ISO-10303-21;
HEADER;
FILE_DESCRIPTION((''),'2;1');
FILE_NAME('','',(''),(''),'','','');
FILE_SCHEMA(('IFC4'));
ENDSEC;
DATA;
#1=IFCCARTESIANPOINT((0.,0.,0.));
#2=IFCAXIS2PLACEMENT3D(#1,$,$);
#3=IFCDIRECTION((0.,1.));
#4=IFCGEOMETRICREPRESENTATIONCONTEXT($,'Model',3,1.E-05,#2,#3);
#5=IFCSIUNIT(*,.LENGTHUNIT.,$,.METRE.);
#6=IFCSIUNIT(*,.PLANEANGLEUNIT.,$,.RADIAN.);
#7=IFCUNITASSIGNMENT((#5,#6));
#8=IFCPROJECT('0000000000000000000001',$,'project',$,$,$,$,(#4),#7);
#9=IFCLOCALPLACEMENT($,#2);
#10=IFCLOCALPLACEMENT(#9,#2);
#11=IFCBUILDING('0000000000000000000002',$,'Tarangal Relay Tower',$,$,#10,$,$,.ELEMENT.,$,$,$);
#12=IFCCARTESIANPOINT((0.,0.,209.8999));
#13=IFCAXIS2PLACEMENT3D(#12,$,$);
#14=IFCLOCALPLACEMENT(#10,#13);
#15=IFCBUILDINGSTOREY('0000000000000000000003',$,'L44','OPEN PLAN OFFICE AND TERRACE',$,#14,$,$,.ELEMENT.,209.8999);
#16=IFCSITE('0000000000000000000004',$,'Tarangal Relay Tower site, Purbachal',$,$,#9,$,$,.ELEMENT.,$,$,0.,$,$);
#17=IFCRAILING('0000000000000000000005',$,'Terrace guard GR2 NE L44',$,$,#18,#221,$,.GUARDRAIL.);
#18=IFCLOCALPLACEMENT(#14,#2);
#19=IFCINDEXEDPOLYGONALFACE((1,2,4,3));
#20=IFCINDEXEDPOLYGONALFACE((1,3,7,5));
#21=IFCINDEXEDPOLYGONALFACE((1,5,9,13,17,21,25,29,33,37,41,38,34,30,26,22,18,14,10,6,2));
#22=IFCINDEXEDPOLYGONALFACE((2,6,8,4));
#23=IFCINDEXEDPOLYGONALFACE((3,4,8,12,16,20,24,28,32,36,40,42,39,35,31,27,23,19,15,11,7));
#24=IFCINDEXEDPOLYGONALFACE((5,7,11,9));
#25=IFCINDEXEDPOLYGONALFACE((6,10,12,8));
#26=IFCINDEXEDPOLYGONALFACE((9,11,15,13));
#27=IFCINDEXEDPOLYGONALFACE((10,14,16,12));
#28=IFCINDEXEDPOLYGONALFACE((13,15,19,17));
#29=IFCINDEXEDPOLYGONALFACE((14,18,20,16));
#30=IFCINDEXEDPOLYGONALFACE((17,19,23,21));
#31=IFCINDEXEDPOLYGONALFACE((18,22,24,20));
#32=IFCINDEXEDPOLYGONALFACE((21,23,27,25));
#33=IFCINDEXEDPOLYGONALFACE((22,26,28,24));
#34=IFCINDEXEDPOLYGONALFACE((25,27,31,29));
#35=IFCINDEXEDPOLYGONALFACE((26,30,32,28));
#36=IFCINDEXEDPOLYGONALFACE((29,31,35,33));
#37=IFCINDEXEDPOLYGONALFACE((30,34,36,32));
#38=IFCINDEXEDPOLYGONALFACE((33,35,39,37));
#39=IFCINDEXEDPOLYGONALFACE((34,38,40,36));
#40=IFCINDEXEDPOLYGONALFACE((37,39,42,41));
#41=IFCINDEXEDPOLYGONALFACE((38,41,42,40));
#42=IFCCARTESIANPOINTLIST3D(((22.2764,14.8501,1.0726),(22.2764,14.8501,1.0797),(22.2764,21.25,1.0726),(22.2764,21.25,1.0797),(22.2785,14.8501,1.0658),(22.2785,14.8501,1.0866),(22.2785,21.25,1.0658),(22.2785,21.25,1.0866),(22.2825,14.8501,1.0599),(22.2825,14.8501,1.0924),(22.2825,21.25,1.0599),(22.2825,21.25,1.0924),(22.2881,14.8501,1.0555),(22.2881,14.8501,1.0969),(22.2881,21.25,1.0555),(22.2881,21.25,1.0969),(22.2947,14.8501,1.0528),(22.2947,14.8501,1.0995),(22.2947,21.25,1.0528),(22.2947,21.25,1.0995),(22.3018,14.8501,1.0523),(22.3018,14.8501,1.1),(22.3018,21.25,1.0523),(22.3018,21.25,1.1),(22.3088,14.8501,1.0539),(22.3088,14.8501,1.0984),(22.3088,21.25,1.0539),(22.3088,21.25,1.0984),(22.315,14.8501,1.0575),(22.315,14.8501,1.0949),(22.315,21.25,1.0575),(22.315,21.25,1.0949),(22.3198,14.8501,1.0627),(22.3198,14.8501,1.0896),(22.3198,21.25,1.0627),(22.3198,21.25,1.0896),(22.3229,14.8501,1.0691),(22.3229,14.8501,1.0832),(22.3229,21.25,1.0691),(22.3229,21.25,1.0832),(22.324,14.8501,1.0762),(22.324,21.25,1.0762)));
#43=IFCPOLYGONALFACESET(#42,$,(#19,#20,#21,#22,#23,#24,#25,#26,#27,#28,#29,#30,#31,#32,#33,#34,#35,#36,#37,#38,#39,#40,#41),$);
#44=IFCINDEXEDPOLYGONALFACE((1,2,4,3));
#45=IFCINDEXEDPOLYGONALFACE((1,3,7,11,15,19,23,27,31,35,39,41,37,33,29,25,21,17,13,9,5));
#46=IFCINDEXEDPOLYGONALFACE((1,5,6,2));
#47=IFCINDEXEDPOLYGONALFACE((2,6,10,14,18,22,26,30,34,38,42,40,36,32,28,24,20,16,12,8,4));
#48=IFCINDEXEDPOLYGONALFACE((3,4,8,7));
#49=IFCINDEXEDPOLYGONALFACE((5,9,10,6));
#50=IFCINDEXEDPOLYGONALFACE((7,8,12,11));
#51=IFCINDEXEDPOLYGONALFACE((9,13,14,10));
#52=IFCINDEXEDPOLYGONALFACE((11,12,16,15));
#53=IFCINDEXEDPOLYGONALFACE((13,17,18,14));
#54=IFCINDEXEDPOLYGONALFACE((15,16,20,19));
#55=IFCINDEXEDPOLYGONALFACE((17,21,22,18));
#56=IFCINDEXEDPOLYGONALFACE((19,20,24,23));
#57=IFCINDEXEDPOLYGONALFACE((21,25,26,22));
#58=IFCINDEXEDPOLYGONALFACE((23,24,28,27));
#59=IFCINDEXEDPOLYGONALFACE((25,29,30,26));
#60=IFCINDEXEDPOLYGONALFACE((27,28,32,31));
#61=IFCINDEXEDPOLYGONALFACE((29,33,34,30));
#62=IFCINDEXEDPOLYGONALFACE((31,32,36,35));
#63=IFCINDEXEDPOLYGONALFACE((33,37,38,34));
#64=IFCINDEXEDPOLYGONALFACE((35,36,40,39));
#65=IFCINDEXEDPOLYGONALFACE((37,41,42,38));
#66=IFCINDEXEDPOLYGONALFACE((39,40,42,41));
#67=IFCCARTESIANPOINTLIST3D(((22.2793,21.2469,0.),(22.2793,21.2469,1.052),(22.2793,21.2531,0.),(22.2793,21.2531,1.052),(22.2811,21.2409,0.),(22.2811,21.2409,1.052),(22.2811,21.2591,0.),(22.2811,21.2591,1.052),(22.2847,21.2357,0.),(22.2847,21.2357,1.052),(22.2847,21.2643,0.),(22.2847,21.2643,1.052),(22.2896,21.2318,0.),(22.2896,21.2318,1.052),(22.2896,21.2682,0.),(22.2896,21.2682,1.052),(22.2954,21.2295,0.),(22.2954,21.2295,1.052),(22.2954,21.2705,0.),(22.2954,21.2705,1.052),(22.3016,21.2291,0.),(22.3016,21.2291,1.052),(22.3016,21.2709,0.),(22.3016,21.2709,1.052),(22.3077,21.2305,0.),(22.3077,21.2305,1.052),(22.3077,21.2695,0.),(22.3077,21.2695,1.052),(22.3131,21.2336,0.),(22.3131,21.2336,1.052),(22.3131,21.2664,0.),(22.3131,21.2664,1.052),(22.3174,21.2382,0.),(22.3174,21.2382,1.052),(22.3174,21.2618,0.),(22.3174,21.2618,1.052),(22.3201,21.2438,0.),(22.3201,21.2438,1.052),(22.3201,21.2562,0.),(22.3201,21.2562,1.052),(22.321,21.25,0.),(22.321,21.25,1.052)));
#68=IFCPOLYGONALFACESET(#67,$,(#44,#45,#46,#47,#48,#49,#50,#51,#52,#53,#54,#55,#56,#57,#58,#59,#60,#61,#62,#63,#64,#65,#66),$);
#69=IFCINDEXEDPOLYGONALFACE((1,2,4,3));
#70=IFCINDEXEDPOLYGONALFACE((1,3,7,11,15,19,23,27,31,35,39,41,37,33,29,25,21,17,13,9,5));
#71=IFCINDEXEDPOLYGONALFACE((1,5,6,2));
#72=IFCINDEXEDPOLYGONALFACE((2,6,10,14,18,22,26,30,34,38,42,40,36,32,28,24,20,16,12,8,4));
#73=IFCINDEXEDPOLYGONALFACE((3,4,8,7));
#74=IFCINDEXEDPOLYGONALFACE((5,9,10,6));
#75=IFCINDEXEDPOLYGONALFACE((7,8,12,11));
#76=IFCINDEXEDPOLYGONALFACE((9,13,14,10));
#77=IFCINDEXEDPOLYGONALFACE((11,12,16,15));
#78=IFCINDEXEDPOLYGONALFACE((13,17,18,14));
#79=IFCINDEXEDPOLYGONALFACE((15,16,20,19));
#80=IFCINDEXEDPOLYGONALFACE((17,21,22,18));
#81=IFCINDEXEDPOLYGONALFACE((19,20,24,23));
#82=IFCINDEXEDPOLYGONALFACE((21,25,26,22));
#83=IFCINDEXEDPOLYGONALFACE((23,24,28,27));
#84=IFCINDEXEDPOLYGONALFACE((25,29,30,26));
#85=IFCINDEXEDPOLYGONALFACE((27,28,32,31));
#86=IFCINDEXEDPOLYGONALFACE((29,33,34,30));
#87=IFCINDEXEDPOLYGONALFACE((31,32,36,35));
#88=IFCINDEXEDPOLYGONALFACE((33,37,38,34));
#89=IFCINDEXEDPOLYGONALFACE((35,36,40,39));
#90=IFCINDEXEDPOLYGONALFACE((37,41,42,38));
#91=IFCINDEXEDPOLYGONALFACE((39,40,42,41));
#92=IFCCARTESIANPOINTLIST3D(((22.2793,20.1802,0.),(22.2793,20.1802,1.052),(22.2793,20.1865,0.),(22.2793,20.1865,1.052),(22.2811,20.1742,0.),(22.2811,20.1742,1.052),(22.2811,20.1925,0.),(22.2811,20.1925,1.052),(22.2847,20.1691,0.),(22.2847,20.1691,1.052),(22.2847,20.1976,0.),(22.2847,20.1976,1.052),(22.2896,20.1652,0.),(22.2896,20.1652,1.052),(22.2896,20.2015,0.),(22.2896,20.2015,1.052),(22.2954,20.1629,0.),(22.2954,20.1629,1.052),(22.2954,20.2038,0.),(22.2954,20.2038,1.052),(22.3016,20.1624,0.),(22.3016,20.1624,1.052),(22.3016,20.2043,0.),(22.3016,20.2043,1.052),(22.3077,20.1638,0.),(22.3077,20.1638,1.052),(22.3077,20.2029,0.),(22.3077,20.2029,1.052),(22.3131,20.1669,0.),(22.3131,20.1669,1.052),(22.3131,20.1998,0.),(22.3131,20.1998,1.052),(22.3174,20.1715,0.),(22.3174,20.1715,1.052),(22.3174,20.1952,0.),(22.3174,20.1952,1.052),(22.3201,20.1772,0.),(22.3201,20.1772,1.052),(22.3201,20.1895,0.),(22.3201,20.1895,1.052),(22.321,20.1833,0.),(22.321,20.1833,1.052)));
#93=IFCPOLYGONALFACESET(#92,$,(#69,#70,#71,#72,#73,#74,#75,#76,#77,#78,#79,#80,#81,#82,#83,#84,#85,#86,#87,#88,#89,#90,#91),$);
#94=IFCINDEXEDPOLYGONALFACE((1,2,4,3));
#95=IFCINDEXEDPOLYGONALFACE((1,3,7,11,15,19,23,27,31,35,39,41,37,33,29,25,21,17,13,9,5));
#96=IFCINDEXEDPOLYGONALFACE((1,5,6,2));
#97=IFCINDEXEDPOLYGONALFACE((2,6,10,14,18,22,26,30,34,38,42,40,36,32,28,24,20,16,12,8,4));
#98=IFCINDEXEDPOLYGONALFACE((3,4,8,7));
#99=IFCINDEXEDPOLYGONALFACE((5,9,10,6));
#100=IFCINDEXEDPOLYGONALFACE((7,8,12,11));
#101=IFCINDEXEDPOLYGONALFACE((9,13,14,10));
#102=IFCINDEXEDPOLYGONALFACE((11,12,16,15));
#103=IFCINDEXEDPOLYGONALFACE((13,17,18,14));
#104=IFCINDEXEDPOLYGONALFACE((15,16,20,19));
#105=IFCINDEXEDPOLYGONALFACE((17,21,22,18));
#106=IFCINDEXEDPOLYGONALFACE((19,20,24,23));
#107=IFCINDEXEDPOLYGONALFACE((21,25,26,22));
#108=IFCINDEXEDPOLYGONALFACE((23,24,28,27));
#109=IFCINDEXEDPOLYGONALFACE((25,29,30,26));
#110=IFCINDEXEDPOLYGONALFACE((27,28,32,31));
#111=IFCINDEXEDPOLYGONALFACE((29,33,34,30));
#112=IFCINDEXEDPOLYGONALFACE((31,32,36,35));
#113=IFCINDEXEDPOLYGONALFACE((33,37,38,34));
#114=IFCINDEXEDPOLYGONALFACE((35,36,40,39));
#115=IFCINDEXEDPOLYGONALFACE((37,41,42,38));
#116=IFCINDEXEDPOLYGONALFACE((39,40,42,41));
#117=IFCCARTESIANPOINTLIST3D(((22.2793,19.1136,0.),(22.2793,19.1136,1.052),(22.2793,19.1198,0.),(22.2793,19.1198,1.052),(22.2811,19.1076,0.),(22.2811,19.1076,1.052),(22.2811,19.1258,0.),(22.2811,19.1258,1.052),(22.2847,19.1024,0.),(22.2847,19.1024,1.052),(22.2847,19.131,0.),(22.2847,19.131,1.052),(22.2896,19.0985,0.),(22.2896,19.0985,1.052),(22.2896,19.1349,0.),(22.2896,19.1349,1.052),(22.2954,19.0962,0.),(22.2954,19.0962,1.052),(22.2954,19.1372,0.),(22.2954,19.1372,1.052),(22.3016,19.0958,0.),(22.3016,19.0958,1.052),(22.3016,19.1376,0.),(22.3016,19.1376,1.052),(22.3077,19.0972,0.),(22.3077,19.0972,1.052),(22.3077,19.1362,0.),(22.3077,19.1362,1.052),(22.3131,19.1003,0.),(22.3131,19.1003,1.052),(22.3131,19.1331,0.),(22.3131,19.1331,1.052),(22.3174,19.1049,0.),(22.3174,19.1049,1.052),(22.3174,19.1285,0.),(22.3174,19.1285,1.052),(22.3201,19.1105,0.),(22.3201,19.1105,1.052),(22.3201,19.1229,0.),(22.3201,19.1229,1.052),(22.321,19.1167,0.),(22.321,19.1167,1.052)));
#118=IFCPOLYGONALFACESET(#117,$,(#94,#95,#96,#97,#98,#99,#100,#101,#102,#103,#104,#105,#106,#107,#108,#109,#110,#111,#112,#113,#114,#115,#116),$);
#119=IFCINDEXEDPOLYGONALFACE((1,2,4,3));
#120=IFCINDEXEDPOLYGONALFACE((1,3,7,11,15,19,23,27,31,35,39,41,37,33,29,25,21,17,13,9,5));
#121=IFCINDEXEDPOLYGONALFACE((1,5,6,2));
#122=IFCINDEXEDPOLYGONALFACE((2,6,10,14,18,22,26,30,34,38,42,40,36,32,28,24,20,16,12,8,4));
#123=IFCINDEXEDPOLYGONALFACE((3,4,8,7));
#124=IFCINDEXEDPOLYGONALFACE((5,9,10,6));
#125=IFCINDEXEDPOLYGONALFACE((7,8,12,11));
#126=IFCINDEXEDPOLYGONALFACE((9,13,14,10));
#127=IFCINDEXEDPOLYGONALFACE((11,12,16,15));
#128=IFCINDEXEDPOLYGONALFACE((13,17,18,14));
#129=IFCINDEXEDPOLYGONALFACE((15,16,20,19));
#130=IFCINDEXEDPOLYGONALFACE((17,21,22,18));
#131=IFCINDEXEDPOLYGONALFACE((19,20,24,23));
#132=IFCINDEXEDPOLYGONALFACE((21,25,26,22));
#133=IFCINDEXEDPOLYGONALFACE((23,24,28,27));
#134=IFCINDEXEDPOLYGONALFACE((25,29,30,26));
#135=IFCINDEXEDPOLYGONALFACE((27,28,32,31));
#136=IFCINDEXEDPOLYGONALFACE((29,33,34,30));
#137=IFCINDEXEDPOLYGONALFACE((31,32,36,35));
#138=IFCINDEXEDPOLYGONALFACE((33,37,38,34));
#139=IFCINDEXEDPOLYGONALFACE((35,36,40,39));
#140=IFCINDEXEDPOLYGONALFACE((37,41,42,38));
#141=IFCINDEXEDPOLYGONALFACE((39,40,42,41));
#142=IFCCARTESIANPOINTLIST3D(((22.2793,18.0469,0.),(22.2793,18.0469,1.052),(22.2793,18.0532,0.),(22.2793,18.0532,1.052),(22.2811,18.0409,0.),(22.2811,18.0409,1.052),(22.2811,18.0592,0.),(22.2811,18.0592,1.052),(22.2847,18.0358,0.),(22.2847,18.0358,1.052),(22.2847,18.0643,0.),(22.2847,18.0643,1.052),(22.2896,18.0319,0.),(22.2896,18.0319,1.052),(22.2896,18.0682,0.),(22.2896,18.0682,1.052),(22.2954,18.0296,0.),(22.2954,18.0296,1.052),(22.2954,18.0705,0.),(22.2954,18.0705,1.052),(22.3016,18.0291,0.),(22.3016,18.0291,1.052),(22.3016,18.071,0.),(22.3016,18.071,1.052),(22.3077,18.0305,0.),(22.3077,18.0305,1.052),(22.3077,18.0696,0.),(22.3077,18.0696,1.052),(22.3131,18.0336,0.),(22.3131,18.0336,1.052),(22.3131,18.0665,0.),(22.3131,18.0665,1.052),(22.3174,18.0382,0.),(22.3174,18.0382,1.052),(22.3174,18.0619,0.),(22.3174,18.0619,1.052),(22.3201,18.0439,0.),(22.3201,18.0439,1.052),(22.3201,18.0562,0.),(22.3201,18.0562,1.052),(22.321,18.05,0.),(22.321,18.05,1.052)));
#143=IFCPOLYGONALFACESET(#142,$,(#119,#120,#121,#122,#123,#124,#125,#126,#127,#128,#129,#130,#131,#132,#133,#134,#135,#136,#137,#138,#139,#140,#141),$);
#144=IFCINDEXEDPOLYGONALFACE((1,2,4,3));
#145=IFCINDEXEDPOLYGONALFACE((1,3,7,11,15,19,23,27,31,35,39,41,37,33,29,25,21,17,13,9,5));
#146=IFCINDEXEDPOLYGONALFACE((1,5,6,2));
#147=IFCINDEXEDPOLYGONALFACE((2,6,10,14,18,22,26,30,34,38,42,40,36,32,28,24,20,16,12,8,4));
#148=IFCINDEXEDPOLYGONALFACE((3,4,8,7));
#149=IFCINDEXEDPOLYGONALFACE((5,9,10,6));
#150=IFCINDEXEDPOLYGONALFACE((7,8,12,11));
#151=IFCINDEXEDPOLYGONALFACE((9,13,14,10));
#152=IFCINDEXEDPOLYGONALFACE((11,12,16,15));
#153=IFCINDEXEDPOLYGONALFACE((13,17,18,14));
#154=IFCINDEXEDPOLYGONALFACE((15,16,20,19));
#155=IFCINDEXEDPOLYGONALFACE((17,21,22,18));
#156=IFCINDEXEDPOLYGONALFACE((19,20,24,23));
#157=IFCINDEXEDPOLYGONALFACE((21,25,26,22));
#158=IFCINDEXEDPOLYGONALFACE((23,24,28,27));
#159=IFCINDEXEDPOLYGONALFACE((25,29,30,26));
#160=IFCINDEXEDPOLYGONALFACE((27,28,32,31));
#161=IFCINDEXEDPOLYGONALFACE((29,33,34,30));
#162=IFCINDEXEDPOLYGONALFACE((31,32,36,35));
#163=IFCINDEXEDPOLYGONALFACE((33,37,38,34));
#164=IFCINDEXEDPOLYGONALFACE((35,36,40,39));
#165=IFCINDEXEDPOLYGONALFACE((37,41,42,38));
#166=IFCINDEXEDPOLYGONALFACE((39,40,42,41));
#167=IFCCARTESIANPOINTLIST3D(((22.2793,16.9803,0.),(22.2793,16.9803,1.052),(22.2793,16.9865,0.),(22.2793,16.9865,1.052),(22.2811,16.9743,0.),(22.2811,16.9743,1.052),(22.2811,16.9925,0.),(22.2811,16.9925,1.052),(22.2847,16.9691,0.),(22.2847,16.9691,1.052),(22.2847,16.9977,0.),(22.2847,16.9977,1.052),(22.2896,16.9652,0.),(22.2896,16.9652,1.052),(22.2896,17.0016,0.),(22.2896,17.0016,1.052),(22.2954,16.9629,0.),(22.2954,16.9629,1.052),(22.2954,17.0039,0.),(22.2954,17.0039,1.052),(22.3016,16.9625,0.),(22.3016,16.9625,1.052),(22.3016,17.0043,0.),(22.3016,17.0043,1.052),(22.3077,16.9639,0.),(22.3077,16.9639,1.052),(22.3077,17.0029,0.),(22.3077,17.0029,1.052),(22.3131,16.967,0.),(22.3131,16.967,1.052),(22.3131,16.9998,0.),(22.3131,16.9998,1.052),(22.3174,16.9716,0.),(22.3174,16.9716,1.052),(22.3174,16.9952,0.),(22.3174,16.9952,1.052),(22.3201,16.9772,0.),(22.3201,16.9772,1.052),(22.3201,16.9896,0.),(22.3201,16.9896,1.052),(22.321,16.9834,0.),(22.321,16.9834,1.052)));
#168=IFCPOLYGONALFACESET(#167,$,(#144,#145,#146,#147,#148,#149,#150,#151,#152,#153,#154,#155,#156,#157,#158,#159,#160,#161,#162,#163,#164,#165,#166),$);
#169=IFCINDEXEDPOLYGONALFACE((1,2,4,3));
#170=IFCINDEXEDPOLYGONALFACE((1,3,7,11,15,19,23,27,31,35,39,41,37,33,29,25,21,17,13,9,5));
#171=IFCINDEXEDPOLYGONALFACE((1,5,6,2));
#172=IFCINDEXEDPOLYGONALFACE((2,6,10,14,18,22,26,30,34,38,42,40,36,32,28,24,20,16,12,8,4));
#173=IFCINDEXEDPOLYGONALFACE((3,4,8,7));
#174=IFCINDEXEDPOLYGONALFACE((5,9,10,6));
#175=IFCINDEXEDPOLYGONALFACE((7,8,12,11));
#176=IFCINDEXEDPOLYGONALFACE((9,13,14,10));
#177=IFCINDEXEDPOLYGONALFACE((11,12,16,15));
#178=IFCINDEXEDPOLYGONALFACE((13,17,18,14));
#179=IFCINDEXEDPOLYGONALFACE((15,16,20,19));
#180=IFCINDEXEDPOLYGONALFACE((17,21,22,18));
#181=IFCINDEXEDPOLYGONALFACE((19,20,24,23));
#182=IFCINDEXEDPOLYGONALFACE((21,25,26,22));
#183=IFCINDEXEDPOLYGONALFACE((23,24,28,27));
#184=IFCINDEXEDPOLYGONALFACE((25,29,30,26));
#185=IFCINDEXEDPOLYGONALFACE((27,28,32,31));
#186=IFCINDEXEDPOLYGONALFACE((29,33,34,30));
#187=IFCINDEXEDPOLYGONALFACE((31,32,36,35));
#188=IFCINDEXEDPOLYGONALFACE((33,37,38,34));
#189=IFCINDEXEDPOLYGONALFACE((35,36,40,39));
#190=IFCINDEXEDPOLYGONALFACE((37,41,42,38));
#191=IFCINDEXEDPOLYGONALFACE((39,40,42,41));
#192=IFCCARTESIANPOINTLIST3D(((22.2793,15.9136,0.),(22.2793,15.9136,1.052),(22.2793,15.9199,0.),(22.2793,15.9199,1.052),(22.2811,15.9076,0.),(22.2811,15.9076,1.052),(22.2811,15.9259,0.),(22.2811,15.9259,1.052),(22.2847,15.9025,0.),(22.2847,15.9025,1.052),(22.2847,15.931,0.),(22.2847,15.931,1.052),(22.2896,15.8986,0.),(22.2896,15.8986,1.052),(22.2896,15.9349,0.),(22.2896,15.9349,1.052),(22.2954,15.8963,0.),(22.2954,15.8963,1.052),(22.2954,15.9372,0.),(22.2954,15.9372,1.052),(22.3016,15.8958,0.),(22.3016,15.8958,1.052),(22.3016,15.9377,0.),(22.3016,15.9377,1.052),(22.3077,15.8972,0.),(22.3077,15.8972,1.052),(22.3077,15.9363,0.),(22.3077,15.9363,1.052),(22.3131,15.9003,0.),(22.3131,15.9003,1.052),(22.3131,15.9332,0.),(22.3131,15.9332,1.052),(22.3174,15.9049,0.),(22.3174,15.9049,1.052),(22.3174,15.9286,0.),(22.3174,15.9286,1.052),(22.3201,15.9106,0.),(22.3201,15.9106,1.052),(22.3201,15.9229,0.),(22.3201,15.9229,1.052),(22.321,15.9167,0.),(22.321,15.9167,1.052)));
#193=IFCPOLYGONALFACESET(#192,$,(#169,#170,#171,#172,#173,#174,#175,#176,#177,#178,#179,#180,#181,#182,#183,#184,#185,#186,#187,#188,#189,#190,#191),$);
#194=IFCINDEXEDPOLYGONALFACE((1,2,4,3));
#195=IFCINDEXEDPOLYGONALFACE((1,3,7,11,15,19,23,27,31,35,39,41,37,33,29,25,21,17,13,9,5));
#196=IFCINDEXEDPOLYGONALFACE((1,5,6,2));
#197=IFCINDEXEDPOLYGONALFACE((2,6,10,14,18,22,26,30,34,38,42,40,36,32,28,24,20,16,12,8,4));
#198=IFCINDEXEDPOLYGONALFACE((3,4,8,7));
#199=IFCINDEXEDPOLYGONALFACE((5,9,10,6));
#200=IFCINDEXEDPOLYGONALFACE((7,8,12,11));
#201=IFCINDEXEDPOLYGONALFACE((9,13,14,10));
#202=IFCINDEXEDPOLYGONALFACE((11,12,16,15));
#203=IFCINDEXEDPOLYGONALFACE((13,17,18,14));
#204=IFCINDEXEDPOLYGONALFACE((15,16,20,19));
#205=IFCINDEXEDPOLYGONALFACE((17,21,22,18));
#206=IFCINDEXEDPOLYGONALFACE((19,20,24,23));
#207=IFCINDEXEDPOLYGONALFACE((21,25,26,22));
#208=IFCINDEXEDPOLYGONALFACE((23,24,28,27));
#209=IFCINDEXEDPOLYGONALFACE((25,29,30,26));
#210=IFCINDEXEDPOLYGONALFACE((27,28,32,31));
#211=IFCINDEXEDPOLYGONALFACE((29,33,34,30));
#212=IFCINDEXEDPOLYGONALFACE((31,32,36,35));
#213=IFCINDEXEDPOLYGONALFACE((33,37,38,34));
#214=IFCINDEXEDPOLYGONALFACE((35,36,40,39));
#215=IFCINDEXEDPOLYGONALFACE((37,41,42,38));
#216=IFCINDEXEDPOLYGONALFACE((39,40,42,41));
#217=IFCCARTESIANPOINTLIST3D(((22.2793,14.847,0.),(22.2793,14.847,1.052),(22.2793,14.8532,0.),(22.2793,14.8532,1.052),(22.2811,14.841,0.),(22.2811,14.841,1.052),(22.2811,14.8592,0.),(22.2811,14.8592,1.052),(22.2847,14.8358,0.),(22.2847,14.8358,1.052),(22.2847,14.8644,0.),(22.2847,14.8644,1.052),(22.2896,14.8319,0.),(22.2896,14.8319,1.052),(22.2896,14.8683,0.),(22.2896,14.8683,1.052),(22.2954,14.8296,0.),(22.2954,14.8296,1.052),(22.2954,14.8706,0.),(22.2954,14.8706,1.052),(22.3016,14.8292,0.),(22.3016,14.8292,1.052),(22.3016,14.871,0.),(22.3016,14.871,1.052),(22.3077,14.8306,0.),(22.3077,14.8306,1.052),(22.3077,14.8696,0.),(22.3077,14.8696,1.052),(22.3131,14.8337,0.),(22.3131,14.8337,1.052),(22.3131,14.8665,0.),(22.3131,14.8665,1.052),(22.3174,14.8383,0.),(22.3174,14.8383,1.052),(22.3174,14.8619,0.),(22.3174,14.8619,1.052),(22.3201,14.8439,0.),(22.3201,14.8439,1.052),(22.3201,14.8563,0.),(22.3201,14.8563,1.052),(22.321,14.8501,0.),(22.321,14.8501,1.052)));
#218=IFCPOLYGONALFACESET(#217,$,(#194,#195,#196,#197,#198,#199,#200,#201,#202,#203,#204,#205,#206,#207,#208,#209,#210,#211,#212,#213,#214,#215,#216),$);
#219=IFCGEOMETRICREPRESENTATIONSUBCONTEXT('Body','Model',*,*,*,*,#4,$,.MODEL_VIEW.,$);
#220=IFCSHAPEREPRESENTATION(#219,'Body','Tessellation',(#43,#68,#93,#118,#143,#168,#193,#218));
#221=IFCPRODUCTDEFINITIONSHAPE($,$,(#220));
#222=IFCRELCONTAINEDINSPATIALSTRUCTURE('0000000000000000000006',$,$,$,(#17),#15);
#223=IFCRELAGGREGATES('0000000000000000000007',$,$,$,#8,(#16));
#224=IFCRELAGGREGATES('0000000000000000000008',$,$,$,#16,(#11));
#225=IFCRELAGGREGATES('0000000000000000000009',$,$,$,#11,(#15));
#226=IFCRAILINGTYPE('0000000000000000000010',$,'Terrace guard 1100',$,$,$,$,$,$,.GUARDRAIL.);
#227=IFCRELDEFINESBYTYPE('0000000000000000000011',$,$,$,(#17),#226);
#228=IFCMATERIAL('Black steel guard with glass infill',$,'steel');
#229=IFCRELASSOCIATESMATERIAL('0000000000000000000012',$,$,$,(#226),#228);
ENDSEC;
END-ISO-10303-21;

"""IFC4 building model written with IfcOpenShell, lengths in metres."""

from ifc_helpers import new_model, si_unit, direction, frame, origin, origin_2d, place, context, subcontext, project, spatial, circle, extrude, material, type_object, element, save


model = new_model("IFC4")

# Units and contexts
model_context = context("Model", 3, precision=1e-05, world=origin(), true_north=direction((0.0, 1.0)))
body_context = subcontext(model_context, "Body", "Model", "MODEL_VIEW")
ifc_project = project(units=[si_unit("LENGTHUNIT", "METRE"), si_unit("PLANEANGLEUNIT", "RADIAN")], contexts=[model_context])

# Site, building, storey
site_placement = place(None, origin())
site = spatial("IfcSite", under=ifc_project, at=site_placement, Name="Tarangal Relay Tower site, Purbachal", CompositionType="ELEMENT", RefElevation=0.0)
building_placement = place(site_placement, origin())
building = spatial("IfcBuilding", under=site, at=building_placement, Name="Tarangal Relay Tower", CompositionType="ELEMENT")
storey_placement = place(building_placement, frame((0.0, 0.0, 209.8999)))
storey = spatial("IfcBuildingStorey", under=building, at=storey_placement, Name="L44", Description="OPEN PLAN OFFICE AND TERRACE", CompositionType="ELEMENT", Elevation=209.8999)

# Railing
ifc_material_1 = material(Name="Black steel guard with glass infill", Category="steel")
railing_type = type_object("IfcRailingType", Name="Terrace guard 1100", PredefinedType="GUARDRAIL", material=ifc_material_1)
railing_1_placement = place(storey_placement, frame((22.3, 21.25, 0.0)))
element("IfcRailing", 1, at=railing_1_placement, inside=storey, type_object=railing_type, Name="Terrace guard GR2 NE L44", PredefinedType="GUARDRAIL", context=body_context, shape_type="SweptSolid", body=[
    extrude(circle(Radius=0.0239, at=origin_2d()), frame((0.0, 0.0, 1.0762), z_axis=(0.0, -1.0, 0.0), x_axis=(1.0, 0.0, 0.0)), (0.0, 0.0, 1.0), 6.3999),
    extrude(circle(Radius=0.021, at=origin_2d()), origin(), (0.0, 0.0, 1.0), 1.052),
    extrude(circle(Radius=0.021, at=origin_2d()), frame((0.0, -1.0667, 0.0)), (0.0, 0.0, 1.0), 1.052),
    extrude(circle(Radius=0.021, at=origin_2d()), frame((0.0, -2.1333, 0.0)), (0.0, 0.0, 1.0), 1.052),
    extrude(circle(Radius=0.021, at=origin_2d()), frame((0.0, -3.2, 0.0)), (0.0, 0.0, 1.0), 1.052),
    extrude(circle(Radius=0.021, at=origin_2d()), frame((0.0, -4.2666, 0.0)), (0.0, 0.0, 1.0), 1.052),
    extrude(circle(Radius=0.021, at=origin_2d()), frame((0.0, -5.3333, 0.0)), (0.0, 0.0, 1.0), 1.052),
    extrude(circle(Radius=0.021, at=origin_2d()), frame((0.0, -6.3999, 0.0)), (0.0, 0.0, 1.0), 1.052),
])

save(model, "model.ifc")
